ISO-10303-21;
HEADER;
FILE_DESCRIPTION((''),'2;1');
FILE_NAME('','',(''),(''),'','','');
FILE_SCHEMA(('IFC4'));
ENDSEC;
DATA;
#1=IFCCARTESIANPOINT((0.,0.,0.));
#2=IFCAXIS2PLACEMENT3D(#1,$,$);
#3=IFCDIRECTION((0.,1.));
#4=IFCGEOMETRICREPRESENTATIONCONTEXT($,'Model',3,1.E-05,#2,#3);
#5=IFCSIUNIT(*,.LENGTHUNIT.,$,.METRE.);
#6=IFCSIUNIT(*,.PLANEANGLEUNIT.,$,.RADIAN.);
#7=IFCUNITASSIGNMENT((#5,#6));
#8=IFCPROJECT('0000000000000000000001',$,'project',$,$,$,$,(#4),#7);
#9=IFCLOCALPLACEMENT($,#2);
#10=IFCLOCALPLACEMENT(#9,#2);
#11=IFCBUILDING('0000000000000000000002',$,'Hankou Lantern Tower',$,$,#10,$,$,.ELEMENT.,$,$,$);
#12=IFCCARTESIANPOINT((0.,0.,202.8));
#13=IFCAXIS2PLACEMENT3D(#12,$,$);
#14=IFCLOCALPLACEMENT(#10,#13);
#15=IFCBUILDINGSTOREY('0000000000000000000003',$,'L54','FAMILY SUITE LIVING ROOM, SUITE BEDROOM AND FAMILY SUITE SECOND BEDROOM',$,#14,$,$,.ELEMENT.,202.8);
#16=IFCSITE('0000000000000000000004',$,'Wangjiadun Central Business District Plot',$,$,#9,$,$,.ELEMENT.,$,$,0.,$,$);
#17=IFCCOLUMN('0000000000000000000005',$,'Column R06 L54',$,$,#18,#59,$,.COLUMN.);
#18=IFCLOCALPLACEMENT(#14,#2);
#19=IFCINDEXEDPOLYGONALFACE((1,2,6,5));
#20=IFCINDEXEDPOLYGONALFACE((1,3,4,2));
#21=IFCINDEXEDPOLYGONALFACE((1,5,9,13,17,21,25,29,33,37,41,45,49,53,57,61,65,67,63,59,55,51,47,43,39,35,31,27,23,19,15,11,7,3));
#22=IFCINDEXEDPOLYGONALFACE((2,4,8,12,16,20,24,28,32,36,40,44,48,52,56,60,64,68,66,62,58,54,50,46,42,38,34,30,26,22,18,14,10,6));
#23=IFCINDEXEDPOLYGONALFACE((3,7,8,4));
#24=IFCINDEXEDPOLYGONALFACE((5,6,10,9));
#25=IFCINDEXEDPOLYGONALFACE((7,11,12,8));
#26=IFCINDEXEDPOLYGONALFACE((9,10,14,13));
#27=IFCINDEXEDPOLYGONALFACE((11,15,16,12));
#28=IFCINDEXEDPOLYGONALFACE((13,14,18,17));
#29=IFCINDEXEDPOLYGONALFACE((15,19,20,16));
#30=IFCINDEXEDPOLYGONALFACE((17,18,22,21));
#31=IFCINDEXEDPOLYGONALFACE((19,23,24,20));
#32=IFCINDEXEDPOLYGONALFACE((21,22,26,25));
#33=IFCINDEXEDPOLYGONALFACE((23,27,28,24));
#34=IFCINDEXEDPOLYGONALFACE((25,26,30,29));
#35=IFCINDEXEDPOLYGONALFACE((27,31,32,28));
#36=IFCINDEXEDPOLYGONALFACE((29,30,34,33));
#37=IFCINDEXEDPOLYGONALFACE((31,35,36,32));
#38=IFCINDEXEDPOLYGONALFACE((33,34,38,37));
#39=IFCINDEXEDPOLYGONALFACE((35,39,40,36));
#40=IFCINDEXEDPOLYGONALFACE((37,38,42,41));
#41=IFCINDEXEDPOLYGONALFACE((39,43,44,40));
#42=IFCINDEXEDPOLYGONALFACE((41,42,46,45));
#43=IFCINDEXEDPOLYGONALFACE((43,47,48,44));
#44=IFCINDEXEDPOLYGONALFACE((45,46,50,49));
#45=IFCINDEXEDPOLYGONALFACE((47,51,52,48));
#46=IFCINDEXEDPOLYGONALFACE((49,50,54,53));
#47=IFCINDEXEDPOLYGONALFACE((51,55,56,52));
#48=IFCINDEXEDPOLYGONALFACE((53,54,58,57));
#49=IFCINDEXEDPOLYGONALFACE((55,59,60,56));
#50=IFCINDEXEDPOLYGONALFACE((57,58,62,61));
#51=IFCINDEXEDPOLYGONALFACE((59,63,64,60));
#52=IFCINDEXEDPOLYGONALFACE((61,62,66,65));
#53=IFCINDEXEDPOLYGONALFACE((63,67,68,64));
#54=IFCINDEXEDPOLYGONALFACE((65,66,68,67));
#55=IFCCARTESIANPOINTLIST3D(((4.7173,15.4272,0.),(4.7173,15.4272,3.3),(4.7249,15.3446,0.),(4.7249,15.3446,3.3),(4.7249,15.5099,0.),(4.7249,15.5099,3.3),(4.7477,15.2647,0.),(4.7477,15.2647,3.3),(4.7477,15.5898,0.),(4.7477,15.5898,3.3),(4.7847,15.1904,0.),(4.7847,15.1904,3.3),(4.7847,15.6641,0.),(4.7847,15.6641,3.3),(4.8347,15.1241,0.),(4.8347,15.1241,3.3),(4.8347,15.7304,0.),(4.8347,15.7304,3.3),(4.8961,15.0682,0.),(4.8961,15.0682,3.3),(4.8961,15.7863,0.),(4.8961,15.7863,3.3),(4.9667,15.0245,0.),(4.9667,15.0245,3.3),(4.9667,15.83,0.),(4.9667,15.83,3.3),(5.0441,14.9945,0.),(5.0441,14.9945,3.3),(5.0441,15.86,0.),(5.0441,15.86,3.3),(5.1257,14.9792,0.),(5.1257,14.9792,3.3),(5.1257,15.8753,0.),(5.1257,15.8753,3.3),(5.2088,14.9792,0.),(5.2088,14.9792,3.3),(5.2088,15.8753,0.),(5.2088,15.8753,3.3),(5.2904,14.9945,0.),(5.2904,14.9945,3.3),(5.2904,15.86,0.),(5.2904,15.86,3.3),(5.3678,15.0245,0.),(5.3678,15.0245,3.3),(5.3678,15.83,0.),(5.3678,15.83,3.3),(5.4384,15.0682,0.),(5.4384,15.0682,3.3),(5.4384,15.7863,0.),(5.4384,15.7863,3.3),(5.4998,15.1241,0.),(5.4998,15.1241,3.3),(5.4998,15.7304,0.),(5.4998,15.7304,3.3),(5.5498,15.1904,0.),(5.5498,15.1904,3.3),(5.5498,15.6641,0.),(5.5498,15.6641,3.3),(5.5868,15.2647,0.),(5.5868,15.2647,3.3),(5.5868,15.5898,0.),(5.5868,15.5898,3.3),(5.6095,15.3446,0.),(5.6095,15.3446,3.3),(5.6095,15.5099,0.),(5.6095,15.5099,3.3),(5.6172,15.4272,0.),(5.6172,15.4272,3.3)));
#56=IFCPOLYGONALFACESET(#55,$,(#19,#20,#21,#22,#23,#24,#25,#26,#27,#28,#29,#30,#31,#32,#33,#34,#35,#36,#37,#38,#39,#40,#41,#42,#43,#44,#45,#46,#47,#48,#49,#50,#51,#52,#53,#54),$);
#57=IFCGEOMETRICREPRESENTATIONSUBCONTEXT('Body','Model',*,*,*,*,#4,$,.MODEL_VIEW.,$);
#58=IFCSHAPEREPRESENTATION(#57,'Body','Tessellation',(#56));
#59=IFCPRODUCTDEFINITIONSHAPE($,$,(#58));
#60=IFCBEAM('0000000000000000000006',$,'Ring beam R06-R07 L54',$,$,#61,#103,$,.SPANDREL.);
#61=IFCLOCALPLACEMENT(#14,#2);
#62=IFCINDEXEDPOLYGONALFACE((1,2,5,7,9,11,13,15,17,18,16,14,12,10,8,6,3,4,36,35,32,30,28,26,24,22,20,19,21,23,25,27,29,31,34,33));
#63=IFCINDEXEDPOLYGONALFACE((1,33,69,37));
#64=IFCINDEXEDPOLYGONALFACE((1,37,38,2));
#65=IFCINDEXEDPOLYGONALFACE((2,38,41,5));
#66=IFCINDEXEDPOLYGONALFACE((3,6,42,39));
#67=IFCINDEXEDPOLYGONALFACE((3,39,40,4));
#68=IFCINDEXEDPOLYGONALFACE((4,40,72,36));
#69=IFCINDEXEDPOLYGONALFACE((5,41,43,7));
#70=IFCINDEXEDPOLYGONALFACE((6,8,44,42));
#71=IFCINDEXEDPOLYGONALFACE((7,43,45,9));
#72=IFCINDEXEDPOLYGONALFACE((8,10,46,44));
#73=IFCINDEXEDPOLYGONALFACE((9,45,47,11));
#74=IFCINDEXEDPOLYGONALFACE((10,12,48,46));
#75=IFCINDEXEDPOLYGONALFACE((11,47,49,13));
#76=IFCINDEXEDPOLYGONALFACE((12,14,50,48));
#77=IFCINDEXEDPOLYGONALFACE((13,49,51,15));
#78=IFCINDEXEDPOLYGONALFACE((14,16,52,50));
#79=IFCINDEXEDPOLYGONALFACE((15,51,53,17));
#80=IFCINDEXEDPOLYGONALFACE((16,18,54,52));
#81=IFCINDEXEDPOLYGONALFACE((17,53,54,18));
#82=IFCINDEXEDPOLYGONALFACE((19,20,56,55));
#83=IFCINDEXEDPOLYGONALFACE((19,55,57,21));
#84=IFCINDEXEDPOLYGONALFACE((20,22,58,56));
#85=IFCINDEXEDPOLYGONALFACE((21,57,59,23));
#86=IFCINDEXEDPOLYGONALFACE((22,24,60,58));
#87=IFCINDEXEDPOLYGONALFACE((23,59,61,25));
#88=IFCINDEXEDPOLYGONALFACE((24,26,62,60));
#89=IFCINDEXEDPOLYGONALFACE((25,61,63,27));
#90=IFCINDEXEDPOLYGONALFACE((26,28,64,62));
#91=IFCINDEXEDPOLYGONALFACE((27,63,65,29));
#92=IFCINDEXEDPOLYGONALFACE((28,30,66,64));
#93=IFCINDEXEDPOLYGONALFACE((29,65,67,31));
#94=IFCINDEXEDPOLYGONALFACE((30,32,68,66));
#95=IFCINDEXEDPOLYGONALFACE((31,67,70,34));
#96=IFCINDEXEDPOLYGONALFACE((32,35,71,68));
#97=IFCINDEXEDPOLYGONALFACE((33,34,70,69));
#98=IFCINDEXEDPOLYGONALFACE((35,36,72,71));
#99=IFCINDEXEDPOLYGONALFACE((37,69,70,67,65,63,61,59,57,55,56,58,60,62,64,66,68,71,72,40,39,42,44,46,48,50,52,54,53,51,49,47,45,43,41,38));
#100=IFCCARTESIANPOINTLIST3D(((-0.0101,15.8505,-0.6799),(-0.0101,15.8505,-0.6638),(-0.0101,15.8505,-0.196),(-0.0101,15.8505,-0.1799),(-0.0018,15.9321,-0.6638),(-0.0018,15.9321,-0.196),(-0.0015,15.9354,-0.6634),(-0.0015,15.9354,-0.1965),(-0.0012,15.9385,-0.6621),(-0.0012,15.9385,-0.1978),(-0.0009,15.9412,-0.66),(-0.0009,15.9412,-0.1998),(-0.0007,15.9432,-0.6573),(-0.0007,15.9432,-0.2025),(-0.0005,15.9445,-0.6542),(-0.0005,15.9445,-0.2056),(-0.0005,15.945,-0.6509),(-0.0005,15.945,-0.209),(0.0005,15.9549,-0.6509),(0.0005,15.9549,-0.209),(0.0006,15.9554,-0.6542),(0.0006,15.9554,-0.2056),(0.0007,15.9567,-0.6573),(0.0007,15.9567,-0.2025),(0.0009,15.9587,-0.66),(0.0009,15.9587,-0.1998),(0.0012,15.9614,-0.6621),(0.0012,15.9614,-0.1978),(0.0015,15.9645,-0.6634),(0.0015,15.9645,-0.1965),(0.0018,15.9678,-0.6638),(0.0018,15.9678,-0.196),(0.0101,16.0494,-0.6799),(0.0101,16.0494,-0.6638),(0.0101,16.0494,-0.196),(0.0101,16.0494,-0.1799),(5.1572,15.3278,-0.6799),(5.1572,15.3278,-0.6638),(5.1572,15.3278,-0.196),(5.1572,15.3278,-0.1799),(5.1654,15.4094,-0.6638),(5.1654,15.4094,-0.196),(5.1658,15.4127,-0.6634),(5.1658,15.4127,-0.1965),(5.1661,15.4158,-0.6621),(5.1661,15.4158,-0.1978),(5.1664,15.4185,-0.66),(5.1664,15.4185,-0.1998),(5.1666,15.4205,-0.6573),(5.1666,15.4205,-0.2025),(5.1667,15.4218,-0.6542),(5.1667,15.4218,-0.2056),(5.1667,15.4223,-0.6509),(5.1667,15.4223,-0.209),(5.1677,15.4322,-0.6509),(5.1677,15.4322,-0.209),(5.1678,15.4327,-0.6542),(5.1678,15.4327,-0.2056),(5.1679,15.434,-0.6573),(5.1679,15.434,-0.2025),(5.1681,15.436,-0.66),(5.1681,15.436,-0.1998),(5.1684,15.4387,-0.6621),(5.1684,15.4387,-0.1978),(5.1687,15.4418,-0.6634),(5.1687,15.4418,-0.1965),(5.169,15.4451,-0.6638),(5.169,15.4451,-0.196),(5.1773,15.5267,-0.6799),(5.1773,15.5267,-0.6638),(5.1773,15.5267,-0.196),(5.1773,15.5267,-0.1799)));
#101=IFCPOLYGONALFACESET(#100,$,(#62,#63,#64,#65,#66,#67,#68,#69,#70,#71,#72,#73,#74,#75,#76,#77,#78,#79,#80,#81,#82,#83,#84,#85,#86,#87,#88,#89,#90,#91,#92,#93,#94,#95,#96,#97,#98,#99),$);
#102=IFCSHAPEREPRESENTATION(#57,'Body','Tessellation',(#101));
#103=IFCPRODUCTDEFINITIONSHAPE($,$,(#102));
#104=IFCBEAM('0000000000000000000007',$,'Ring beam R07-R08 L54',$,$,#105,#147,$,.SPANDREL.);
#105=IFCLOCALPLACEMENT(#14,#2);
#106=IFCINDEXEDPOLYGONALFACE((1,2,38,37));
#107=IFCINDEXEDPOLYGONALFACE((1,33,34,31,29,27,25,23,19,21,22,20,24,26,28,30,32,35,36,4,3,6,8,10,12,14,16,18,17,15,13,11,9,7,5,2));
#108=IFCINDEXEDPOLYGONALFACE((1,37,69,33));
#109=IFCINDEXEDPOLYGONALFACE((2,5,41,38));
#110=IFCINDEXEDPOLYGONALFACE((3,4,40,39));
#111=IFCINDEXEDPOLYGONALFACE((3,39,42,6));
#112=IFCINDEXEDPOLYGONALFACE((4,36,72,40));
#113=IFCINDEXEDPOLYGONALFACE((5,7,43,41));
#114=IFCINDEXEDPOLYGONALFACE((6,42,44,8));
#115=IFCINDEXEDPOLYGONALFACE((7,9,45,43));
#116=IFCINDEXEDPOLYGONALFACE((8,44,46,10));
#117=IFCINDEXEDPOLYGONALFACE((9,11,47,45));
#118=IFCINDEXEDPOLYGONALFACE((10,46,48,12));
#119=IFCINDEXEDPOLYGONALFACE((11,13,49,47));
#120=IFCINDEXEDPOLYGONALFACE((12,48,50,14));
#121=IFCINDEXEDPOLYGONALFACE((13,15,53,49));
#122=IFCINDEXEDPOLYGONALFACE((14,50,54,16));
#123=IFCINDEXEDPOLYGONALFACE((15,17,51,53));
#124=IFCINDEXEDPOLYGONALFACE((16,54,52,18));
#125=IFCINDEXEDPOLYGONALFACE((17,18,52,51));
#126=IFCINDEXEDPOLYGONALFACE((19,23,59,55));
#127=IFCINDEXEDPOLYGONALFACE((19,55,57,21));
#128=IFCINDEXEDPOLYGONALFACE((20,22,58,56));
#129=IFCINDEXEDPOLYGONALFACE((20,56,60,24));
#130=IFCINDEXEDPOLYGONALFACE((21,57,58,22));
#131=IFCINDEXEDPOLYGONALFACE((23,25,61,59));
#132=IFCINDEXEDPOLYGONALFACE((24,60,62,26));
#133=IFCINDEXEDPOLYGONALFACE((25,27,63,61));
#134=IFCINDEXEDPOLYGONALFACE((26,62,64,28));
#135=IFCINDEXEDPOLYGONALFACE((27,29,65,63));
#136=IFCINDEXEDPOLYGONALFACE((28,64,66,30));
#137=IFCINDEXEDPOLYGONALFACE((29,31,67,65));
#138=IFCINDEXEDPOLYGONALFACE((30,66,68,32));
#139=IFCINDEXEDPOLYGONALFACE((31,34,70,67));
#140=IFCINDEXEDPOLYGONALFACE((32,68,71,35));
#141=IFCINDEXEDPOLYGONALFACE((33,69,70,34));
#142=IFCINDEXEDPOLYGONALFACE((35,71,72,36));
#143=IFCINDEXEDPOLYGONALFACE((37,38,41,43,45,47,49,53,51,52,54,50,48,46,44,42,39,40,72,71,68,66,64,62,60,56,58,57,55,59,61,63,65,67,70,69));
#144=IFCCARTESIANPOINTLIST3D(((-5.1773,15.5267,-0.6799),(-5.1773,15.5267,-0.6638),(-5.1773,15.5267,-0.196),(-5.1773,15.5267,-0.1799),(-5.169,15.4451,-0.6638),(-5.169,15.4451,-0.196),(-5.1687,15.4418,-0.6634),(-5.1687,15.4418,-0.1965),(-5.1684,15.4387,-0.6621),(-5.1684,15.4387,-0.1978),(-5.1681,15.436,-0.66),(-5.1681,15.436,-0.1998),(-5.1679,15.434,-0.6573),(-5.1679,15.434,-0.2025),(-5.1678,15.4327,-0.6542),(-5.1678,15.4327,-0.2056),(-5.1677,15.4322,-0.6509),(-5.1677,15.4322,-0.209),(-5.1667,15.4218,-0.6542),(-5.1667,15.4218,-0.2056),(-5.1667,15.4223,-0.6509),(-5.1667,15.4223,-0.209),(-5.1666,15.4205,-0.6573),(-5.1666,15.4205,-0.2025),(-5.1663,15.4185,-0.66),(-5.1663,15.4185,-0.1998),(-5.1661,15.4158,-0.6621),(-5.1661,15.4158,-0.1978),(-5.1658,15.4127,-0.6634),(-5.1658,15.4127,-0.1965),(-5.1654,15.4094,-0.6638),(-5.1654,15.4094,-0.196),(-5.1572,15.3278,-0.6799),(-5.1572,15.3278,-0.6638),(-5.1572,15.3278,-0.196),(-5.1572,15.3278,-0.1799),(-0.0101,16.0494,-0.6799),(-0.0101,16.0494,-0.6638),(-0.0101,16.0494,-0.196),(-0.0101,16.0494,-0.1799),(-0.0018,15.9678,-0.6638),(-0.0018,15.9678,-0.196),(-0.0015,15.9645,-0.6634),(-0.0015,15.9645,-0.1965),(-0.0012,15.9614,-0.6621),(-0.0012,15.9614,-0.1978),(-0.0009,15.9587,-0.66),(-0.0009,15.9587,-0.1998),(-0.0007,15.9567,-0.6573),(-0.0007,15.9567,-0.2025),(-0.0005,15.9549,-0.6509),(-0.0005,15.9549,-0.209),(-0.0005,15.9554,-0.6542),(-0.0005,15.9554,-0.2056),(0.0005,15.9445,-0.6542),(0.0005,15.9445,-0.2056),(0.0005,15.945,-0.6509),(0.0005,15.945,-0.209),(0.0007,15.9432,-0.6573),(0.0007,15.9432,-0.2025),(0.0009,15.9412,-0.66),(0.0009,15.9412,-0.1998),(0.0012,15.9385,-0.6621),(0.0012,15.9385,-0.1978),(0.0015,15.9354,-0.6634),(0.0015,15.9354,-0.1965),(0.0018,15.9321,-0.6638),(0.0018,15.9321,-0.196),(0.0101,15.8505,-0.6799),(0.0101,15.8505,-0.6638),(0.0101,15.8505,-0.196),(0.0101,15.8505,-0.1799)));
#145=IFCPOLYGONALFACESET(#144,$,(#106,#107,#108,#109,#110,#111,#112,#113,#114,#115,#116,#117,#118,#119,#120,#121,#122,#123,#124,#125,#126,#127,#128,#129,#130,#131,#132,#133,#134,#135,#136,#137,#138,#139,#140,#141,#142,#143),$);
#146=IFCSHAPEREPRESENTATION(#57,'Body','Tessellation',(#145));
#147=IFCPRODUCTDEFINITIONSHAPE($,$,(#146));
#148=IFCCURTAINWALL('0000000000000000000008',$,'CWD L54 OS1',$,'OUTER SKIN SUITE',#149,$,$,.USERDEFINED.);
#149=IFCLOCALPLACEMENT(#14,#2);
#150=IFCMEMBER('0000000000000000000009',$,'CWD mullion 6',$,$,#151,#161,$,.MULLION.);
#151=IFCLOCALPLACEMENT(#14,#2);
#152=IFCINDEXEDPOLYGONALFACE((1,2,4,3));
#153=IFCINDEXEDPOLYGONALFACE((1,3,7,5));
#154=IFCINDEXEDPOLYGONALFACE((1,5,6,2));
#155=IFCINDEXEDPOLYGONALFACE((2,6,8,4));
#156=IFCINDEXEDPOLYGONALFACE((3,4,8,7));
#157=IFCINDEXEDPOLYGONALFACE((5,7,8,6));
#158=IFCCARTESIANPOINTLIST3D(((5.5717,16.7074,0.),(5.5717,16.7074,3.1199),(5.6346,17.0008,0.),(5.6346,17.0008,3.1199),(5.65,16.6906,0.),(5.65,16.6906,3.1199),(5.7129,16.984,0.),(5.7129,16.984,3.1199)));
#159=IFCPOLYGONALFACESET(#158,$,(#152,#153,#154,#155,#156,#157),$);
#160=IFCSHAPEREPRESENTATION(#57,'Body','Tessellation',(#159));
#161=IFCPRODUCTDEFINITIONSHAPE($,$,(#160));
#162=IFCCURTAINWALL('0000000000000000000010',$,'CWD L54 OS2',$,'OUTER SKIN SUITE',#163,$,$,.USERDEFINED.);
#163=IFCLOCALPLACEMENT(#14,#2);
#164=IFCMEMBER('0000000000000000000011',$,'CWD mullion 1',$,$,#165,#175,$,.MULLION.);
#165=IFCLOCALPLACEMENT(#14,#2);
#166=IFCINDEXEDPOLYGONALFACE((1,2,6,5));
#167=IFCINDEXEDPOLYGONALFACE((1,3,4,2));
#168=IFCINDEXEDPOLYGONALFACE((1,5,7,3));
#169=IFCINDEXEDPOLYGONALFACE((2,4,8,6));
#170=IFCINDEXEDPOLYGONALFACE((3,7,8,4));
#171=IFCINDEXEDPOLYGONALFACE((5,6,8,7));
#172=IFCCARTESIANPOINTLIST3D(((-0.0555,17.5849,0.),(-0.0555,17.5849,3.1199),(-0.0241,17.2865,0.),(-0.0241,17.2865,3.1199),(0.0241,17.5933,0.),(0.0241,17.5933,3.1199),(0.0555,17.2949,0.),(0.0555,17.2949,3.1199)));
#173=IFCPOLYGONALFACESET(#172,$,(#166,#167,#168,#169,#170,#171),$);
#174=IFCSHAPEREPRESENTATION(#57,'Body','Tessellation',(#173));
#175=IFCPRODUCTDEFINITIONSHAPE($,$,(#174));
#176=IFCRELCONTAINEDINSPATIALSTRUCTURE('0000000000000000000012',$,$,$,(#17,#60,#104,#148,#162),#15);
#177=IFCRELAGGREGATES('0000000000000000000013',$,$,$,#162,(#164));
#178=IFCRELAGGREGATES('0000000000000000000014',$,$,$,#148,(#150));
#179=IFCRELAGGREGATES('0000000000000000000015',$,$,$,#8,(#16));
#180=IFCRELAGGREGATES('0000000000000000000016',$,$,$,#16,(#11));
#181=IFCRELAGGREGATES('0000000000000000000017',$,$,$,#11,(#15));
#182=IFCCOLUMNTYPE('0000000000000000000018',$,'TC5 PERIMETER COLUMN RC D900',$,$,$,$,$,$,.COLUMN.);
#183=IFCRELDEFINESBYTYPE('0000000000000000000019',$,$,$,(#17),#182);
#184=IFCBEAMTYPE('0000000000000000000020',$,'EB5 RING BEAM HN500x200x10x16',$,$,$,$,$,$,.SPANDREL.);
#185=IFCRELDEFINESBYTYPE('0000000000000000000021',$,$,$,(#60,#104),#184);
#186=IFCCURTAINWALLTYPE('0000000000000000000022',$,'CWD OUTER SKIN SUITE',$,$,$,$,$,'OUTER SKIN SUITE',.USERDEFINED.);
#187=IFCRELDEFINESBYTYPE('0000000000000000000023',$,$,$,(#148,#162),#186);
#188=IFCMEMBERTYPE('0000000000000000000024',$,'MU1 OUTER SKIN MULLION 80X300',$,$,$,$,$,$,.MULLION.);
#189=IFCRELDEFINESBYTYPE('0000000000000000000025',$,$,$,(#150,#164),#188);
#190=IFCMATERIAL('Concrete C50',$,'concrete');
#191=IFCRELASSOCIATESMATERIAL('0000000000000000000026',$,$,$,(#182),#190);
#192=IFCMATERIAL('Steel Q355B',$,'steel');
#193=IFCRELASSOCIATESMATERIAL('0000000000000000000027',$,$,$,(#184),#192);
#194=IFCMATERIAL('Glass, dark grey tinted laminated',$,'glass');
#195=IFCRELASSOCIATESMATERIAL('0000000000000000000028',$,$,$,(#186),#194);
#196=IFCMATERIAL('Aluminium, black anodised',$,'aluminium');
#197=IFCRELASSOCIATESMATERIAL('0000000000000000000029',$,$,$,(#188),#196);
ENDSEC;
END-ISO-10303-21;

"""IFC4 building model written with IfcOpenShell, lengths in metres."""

from ifc_helpers import new_model, si_unit, direction, frame, origin, origin_2d, place, context, subcontext, project, spatial, rectangle, circle, i_section, extrude, material, material_profile, profile_set, type_object, element, aggregate, save


model = new_model("IFC4")

# Units and contexts
model_context = context("Model", 3, precision=1e-05, world=origin(), true_north=direction((0.0, 1.0)))
body_context = subcontext(model_context, "Body", "Model", "MODEL_VIEW")
ifc_project = project(units=[si_unit("LENGTHUNIT", "METRE"), si_unit("PLANEANGLEUNIT", "RADIAN")], contexts=[model_context])

# Site, building, storey
site_placement = place(None, origin())
site = spatial("IfcSite", under=ifc_project, at=site_placement, Name="Wangjiadun Central Business District Plot", CompositionType="ELEMENT", RefElevation=0.0)
building_placement = place(site_placement, origin())
building = spatial("IfcBuilding", under=site, at=building_placement, Name="Hankou Lantern Tower", CompositionType="ELEMENT")
storey_placement = place(building_placement, frame((0.0, 0.0, 202.8)))
storey = spatial("IfcBuildingStorey", under=building, at=storey_placement, Name="L54", Description="FAMILY SUITE LIVING ROOM, SUITE BEDROOM AND FAMILY SUITE SECOND BEDROOM", CompositionType="ELEMENT", Elevation=202.8)

# Column
ifc_material_1 = material(Name="Concrete C50", Category="concrete")
ifc_material_profile_1 = material_profile(ifc_material_1, circle(Radius=0.45, at=origin_2d()), Name="RC D900")
ifc_profile_set_1 = profile_set([ifc_material_profile_1], Name="Concrete C50")
column_type = type_object("IfcColumnType", Name="TC5 PERIMETER COLUMN RC D900", PredefinedType="COLUMN", material=ifc_profile_set_1)
column_placement = place(storey_placement, frame((5.1672, 15.4272, 0.0), z_axis=(0.0, 0.0, 1.0), x_axis=(1.0, 0.0, 0.0)))
element("IfcColumn", 1, at=column_placement, inside=storey, type_object=column_type, Name="Column R06 L54", PredefinedType="COLUMN", context=body_context, shape_type="SweptSolid", body=[
    extrude(circle(Radius=0.45, at=origin_2d()), origin(), (0.0, 0.0, 1.0), 3.3),
])

# Beams
ifc_material_2 = material(Name="Steel Q355B", Category="steel")
ifc_material_profile_2 = material_profile(ifc_material_2, i_section(OverallWidth=0.2, OverallDepth=0.5, WebThickness=0.01, FlangeThickness=0.0161, FilletRadius=0.0129, at=origin_2d()), Name="HN500x200x10x16")
ifc_profile_set_2 = profile_set([ifc_material_profile_2], Name="Steel Q355B")
beam_type_1 = type_object("IfcBeamType", Name="EB5 RING BEAM HN500x200x10x16", PredefinedType="SPANDREL", material=ifc_profile_set_2)
for number, where, z_axis, x_axis, name in (
    (2, (5.1672, 15.4272, -0.4299), (-0.994923, 0.100644, 0.0), (-0.100644, -0.994923, 0.0), "Ring beam R06-R07 L54"),
    (3, (0.0, 15.95, -0.4299), (-0.994923, -0.100644, 0.0), (0.100644, -0.994923, 0.0), "Ring beam R07-R08 L54"),
):
    element("IfcBeam", number, at=place(storey_placement, frame(where, z_axis=z_axis, x_axis=x_axis)), inside=storey, type_object=beam_type_1, Name=name, PredefinedType="SPANDREL", context=body_context, shape_type="SweptSolid", body=[
        extrude(i_section(OverallWidth=0.2, OverallDepth=0.5, WebThickness=0.01, FlangeThickness=0.0161, FilletRadius=0.0129, at=origin_2d()), origin(), (0.0, 0.0, 1.0), 5.1936),
    ])

# Curtain walls, members
ifc_material_3 = material(Name="Glass, dark grey tinted laminated", Category="glass")
curtain_wall_type = type_object("IfcCurtainWallType", Name="CWD OUTER SKIN SUITE", ElementType="OUTER SKIN SUITE", PredefinedType="USERDEFINED", material=ifc_material_3)
curtain_wall_1_placement = place(storey_placement, origin())
curtain_wall_1 = element("IfcCurtainWall", 4, at=curtain_wall_1_placement, inside=storey, type_object=curtain_wall_type, Name="CWD L54 OS1", ObjectType="OUTER SKIN SUITE", PredefinedType="USERDEFINED")
ifc_material_4 = material(Name="Aluminium, black anodised", Category="aluminium")
ifc_material_profile_3 = material_profile(ifc_material_4, rectangle(XDim=0.0801, YDim=0.3, at=origin_2d()), Name="MU1 80X300")
ifc_profile_set_3 = profile_set([ifc_material_profile_3], Name="Aluminium, black anodised")
member_type_1 = type_object("IfcMemberType", Name="MU1 OUTER SKIN MULLION 80X300", PredefinedType="MULLION", material=ifc_profile_set_3)
member_1_placement = place(storey_placement, frame((5.6423, 16.8457, 0.0), z_axis=(0.0, 0.0, 1.0), x_axis=(-0.977788, 0.209598, 0.0)))
member_1 = element("IfcMember", 5, at=member_1_placement, type_object=member_type_1, Name="CWD mullion 6", PredefinedType="MULLION", context=body_context, shape_type="SweptSolid", body=[
    extrude(rectangle(XDim=0.0801, YDim=0.3, at=origin_2d()), origin(), (0.0, 0.0, 1.0), 3.1199),
])
curtain_wall_2_placement = place(storey_placement, origin())
curtain_wall_2 = element("IfcCurtainWall", 6, at=curtain_wall_2_placement, inside=storey, type_object=curtain_wall_type, Name="CWD L54 OS2", ObjectType="OUTER SKIN SUITE", PredefinedType="USERDEFINED")
member_2_placement = place(storey_placement, frame((0.0, 17.4399, 0.0), z_axis=(0.0, 0.0, 1.0), x_axis=(-0.994499, -0.104743, 0.0)))
member_2 = element("IfcMember", 7, at=member_2_placement, type_object=member_type_1, Name="CWD mullion 1", PredefinedType="MULLION", context=body_context, shape_type="SweptSolid", body=[
    extrude(rectangle(XDim=0.0801, YDim=0.3, at=origin_2d()), origin(), (0.0, 0.0, 1.0), 3.1199),
])
aggregate(curtain_wall_2, [member_2])

aggregate(curtain_wall_1, [member_1])

save(model, "model.ifc")
